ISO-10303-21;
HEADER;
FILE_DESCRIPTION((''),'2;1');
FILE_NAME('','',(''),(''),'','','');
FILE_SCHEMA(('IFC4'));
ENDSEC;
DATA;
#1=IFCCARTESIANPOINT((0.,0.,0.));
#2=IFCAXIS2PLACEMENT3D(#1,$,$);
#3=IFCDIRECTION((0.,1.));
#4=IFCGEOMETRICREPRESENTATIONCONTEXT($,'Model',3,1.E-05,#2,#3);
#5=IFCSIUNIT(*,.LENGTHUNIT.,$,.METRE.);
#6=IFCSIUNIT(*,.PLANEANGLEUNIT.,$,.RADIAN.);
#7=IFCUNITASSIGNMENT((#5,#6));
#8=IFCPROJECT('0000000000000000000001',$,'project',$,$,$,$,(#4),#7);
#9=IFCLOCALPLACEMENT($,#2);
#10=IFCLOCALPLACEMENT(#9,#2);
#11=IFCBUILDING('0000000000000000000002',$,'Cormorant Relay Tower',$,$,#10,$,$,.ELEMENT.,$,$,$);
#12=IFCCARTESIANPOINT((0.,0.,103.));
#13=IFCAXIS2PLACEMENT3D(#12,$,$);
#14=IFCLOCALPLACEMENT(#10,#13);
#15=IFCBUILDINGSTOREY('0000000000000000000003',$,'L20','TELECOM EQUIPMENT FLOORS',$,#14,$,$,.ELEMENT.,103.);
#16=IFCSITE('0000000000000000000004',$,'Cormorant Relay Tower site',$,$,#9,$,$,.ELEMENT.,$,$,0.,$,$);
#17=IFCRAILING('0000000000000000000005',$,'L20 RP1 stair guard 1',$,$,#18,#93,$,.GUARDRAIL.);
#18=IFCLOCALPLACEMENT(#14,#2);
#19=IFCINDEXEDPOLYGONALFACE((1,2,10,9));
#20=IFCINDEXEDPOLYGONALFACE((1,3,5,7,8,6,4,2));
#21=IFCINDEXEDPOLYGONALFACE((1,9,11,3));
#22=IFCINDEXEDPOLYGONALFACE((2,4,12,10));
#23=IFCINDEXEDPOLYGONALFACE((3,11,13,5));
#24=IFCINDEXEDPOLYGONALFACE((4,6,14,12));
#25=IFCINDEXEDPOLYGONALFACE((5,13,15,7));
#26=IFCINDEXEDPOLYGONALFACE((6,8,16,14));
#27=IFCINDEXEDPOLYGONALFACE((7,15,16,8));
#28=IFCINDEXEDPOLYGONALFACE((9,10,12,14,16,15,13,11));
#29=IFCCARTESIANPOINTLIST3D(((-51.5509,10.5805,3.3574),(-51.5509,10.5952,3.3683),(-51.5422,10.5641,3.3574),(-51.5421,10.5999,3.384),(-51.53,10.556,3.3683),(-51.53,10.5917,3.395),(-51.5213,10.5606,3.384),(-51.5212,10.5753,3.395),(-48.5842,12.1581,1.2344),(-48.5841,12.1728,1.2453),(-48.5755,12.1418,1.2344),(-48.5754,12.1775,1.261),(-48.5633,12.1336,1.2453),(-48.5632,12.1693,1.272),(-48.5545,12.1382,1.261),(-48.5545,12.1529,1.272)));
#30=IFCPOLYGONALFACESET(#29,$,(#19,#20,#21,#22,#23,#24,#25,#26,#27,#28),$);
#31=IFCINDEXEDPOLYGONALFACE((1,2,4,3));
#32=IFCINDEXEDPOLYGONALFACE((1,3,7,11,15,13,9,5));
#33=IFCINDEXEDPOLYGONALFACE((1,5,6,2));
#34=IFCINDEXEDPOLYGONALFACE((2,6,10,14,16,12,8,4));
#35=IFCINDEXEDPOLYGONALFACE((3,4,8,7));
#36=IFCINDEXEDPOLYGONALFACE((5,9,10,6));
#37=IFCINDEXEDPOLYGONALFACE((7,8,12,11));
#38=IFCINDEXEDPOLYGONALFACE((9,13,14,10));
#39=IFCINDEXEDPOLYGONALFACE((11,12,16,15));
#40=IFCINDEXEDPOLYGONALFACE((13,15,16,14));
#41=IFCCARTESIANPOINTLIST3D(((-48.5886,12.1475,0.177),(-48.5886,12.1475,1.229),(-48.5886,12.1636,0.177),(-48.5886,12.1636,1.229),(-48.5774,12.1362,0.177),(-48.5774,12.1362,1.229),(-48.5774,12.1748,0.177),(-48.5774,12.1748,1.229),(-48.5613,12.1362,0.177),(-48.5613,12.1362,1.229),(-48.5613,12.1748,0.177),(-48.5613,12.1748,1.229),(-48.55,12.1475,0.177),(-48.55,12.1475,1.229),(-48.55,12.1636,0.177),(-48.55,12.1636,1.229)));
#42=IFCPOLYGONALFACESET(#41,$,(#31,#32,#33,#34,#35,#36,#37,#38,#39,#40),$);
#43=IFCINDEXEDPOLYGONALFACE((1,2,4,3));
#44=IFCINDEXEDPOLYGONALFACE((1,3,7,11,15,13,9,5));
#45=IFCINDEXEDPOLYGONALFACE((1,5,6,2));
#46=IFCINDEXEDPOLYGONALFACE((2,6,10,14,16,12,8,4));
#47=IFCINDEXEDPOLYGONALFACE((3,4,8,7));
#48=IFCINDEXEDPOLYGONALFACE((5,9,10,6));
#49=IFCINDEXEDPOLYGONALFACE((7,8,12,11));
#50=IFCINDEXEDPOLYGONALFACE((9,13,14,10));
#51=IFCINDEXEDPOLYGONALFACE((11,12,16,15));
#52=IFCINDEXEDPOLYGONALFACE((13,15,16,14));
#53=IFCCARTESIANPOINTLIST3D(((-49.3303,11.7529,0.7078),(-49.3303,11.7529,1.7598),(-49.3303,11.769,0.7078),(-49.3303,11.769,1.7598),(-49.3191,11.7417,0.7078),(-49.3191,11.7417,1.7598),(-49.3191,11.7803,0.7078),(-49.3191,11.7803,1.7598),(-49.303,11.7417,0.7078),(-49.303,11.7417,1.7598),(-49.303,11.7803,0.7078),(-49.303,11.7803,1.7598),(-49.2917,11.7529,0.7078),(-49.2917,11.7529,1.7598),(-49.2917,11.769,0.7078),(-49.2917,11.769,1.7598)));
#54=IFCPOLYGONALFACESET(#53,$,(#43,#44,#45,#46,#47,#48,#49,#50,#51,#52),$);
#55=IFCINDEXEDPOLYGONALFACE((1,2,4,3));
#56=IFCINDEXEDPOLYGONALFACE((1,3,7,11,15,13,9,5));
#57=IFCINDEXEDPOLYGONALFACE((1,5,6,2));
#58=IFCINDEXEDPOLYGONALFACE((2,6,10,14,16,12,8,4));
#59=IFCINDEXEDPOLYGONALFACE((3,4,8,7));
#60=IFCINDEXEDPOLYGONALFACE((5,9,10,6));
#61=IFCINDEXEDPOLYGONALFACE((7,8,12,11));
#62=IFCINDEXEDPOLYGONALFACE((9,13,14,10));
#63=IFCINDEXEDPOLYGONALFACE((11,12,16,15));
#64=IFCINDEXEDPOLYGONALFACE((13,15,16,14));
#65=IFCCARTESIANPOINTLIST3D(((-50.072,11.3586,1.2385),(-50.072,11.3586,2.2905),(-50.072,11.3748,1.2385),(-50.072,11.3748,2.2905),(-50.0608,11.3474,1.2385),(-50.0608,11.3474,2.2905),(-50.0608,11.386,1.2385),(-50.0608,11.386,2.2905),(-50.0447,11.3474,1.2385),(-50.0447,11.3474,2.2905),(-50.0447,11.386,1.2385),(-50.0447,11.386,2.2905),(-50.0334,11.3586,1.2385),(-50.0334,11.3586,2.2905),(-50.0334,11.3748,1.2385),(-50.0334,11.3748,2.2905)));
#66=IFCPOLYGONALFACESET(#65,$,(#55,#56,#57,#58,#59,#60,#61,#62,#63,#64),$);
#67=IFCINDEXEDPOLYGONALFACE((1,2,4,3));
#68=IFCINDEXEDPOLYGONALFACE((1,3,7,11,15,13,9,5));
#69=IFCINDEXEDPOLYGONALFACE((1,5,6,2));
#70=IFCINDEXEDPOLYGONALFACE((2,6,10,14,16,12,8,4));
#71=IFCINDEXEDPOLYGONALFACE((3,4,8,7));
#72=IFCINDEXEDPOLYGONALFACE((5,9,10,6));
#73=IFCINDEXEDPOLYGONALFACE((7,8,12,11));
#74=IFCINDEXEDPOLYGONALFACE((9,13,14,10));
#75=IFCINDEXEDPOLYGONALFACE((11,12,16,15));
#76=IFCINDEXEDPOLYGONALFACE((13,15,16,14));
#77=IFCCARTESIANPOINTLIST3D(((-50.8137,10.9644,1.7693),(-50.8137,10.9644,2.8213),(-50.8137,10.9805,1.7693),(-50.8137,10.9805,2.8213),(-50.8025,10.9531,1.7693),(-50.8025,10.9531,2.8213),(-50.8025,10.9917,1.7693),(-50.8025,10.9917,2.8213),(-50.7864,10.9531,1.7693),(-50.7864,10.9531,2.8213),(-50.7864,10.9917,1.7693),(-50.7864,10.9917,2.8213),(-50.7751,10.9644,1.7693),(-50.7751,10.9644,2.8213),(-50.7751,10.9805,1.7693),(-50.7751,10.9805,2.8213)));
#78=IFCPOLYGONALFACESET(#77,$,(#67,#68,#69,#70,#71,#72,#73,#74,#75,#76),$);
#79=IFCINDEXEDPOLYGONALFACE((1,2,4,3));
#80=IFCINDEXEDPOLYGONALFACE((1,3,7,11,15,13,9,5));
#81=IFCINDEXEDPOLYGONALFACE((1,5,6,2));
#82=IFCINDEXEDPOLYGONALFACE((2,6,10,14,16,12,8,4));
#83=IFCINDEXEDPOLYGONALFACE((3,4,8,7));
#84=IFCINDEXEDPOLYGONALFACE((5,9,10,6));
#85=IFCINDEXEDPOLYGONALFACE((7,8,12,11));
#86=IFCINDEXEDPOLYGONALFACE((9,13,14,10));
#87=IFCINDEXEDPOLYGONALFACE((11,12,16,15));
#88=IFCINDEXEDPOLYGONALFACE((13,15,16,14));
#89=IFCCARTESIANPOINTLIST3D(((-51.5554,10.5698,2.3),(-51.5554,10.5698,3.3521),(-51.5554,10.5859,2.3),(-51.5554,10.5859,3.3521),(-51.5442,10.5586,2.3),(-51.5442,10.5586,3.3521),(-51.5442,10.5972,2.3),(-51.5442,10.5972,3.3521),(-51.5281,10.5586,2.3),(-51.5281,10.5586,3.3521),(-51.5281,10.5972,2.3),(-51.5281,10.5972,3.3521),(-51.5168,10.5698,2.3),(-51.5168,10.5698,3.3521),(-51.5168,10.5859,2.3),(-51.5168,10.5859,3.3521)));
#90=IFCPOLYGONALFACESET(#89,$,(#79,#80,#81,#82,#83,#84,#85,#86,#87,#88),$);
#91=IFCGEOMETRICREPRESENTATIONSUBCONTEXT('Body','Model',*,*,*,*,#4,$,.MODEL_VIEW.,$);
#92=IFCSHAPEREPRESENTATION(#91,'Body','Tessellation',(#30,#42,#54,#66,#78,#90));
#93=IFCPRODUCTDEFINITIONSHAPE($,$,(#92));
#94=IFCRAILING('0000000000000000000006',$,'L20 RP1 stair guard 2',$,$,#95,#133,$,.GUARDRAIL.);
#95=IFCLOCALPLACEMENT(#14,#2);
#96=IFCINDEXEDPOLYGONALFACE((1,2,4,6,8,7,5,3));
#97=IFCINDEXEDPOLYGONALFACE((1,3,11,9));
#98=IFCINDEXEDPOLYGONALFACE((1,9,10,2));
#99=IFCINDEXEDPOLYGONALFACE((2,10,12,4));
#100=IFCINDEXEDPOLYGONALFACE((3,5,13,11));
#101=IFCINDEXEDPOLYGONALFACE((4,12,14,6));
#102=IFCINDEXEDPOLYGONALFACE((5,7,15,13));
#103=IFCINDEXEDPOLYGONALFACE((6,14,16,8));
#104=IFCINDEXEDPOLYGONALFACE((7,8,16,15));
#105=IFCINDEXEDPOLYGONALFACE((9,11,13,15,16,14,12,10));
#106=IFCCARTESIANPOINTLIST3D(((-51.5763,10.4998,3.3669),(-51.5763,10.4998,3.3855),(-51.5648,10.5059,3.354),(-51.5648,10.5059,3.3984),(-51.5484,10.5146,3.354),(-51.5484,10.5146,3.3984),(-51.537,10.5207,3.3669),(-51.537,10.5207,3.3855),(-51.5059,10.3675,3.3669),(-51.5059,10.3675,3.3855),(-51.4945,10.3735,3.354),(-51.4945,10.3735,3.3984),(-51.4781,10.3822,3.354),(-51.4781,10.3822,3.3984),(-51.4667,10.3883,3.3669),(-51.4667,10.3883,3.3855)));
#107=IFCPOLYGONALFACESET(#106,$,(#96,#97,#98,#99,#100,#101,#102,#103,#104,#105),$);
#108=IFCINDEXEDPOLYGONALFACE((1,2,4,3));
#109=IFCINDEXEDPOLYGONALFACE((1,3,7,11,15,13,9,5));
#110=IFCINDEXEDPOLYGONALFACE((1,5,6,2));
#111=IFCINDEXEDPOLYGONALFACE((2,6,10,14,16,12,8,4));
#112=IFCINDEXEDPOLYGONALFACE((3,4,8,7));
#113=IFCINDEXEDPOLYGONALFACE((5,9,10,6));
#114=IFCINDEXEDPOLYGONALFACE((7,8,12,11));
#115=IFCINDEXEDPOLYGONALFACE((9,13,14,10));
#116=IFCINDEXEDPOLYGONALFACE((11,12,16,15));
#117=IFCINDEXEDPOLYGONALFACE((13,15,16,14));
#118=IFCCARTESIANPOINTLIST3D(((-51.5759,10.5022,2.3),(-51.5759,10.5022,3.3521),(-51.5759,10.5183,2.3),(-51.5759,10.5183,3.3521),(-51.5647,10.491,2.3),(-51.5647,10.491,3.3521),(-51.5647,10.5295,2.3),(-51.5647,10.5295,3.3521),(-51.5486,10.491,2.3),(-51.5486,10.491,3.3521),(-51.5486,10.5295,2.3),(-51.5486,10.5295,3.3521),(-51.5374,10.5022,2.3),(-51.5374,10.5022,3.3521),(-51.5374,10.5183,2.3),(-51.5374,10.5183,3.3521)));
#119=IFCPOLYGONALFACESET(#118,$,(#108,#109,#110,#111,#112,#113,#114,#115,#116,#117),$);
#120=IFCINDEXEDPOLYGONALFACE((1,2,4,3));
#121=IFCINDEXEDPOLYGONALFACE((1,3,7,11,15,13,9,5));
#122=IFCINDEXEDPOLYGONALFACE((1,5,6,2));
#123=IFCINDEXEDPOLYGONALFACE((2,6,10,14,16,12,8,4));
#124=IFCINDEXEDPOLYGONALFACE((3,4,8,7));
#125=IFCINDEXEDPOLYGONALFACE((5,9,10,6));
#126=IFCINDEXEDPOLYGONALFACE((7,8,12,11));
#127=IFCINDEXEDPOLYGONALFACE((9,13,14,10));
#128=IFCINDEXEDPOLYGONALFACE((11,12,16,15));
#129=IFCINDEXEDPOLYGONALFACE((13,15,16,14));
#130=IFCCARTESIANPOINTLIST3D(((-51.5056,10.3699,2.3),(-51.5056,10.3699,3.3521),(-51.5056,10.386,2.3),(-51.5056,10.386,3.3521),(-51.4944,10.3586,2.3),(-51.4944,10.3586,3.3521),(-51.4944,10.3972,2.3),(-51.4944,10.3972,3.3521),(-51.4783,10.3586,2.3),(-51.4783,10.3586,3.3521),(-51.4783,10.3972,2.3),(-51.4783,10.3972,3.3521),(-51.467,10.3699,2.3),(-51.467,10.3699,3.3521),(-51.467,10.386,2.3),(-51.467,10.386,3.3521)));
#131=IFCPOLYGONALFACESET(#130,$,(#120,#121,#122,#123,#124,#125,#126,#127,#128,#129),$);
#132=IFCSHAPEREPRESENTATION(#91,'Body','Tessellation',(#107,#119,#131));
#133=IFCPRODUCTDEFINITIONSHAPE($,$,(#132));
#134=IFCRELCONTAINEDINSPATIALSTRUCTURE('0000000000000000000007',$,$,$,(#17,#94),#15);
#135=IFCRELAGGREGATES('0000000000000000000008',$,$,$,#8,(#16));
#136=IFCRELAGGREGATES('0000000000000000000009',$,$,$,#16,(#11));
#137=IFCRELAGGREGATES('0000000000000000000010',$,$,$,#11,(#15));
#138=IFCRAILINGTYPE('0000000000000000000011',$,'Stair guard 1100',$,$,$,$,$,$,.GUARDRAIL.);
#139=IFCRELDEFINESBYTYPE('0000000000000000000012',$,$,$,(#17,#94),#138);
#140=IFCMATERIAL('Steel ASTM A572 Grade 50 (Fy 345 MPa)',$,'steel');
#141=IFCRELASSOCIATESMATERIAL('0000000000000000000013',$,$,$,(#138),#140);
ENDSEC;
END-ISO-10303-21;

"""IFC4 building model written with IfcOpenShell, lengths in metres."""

from ifc_helpers import new_model, si_unit, direction, frame, origin, place, context, subcontext, project, spatial, polyline, outline, extrude, material, type_object, element, save


model = new_model("IFC4")

# Units and contexts
model_context = context("Model", 3, precision=1e-05, world=origin(), true_north=direction((0.0, 1.0)))
body_context = subcontext(model_context, "Body", "Model", "MODEL_VIEW")
ifc_project = project(units=[si_unit("LENGTHUNIT", "METRE"), si_unit("PLANEANGLEUNIT", "RADIAN")], contexts=[model_context])

# Site, building, storey
site_placement = place(None, origin())
site = spatial("IfcSite", under=ifc_project, at=site_placement, Name="Cormorant Relay Tower site", CompositionType="ELEMENT", RefElevation=0.0)
building_placement = place(site_placement, origin())
building = spatial("IfcBuilding", under=site, at=building_placement, Name="Cormorant Relay Tower", CompositionType="ELEMENT")
storey_placement = place(building_placement, frame((0.0, 0.0, 103.0)))
storey = spatial("IfcBuildingStorey", under=building, at=storey_placement, Name="L20", Description="TELECOM EQUIPMENT FLOORS", CompositionType="ELEMENT", Elevation=103.0)

# Railings
ifc_material_1 = material(Name="Steel ASTM A572 Grade 50 (Fy 345 MPa)", Category="steel")
railing_type_1 = type_object("IfcRailingType", Name="Stair guard 1100", PredefinedType="GUARDRAIL", material=ifc_material_1)
railing_1_placement = place(storey_placement, frame((-48.5693, 12.1555, 0.177)))
element("IfcRailing", 1, at=railing_1_placement, inside=storey, type_object=railing_type_1, Name="L20 RP1 stair guard 1", PredefinedType="GUARDRAIL", context=body_context, shape_type="SweptSolid", body=[
    extrude(outline(polyline([(0.0222, 0.0093), (0.0093, 0.0222), (-0.0093, 0.0222), (-0.0222, 0.0093), (-0.0222, -0.0093), (-0.0093, -0.0222), (0.0093, -0.0222), (0.0222, -0.0093), (0.0222, 0.0093)])), frame((0.0, 0.0, 1.0762), z_axis=(-0.746422, -0.396921, 0.534142), x_axis=(0.469509, -0.882928, 0.0)), (0.0, 0.0, 1.0), 3.9746),
    extrude(outline(polyline([(0.0193, 0.0081), (0.0081, 0.0193), (-0.0081, 0.0193), (-0.0193, 0.0081), (-0.0193, -0.0081), (-0.0081, -0.0193), (0.0081, -0.0193), (0.0193, -0.0081), (0.0193, 0.0081)])), origin(), (0.0, 0.0, 1.0), 1.052),
    extrude(outline(polyline([(0.0193, 0.0081), (0.0081, 0.0193), (-0.0081, 0.0193), (-0.0193, 0.0081), (-0.0193, -0.0081), (-0.0081, -0.0193), (0.0081, -0.0193), (0.0193, -0.0081), (0.0193, 0.0081)])), frame((-0.7417, -0.3945, 0.5308)), (0.0, 0.0, 1.0), 1.052),
    extrude(outline(polyline([(0.0193, 0.0081), (0.0081, 0.0193), (-0.0081, 0.0193), (-0.0193, 0.0081), (-0.0193, -0.0081), (-0.0081, -0.0193), (0.0081, -0.0193), (0.0193, -0.0081), (0.0193, 0.0081)])), frame((-1.4834, -0.7888, 1.0615)), (0.0, 0.0, 1.0), 1.052),
    extrude(outline(polyline([(0.0193, 0.0081), (0.0081, 0.0193), (-0.0081, 0.0193), (-0.0193, 0.0081), (-0.0193, -0.0081), (-0.0081, -0.0193), (0.0081, -0.0193), (0.0193, -0.0081), (0.0193, 0.0081)])), frame((-2.2251, -1.1831, 1.5923)), (0.0, 0.0, 1.0), 1.052),
    extrude(outline(polyline([(0.0193, 0.0081), (0.0081, 0.0193), (-0.0081, 0.0193), (-0.0193, 0.0081), (-0.0193, -0.0081), (-0.0081, -0.0193), (0.0081, -0.0193), (0.0193, -0.0081), (0.0193, 0.0081)])), frame((-2.9668, -1.5776, 2.123)), (0.0, 0.0, 1.0), 1.052),
])
railing_2_placement = place(storey_placement, frame((-51.5566, 10.5103, 2.3)))
element("IfcRailing", 2, at=railing_2_placement, inside=storey, type_object=railing_type_1, Name="L20 RP1 stair guard 2", PredefinedType="GUARDRAIL", context=body_context, shape_type="SweptSolid", body=[
    extrude(outline(polyline([(0.0222, 0.0093), (0.0093, 0.0222), (-0.0093, 0.0222), (-0.0222, 0.0093), (-0.0222, -0.0093), (-0.0093, -0.0222), (0.0093, -0.0222), (0.0222, -0.0093), (0.0222, 0.0093)])), frame((0.0, 0.0, 1.0762), z_axis=(0.469235, -0.883074, 0.0), x_axis=(0.883074, 0.469235, 0.0)), (0.0, 0.0, 1.0), 0.1499),
    extrude(outline(polyline([(0.0193, 0.0081), (0.0081, 0.0193), (-0.0081, 0.0193), (-0.0193, 0.0081), (-0.0193, -0.0081), (-0.0081, -0.0193), (0.0081, -0.0193), (0.0193, -0.0081), (0.0193, 0.0081)])), origin(), (0.0, 0.0, 1.0), 1.052),
    extrude(outline(polyline([(0.0193, 0.0081), (0.0081, 0.0193), (-0.0081, 0.0193), (-0.0193, 0.0081), (-0.0193, -0.0081), (-0.0081, -0.0193), (0.0081, -0.0193), (0.0193, -0.0081), (0.0193, 0.0081)])), frame((0.0703, -0.1323, 0.0)), (0.0, 0.0, 1.0), 1.052),
])

save(model, "model.ifc")
